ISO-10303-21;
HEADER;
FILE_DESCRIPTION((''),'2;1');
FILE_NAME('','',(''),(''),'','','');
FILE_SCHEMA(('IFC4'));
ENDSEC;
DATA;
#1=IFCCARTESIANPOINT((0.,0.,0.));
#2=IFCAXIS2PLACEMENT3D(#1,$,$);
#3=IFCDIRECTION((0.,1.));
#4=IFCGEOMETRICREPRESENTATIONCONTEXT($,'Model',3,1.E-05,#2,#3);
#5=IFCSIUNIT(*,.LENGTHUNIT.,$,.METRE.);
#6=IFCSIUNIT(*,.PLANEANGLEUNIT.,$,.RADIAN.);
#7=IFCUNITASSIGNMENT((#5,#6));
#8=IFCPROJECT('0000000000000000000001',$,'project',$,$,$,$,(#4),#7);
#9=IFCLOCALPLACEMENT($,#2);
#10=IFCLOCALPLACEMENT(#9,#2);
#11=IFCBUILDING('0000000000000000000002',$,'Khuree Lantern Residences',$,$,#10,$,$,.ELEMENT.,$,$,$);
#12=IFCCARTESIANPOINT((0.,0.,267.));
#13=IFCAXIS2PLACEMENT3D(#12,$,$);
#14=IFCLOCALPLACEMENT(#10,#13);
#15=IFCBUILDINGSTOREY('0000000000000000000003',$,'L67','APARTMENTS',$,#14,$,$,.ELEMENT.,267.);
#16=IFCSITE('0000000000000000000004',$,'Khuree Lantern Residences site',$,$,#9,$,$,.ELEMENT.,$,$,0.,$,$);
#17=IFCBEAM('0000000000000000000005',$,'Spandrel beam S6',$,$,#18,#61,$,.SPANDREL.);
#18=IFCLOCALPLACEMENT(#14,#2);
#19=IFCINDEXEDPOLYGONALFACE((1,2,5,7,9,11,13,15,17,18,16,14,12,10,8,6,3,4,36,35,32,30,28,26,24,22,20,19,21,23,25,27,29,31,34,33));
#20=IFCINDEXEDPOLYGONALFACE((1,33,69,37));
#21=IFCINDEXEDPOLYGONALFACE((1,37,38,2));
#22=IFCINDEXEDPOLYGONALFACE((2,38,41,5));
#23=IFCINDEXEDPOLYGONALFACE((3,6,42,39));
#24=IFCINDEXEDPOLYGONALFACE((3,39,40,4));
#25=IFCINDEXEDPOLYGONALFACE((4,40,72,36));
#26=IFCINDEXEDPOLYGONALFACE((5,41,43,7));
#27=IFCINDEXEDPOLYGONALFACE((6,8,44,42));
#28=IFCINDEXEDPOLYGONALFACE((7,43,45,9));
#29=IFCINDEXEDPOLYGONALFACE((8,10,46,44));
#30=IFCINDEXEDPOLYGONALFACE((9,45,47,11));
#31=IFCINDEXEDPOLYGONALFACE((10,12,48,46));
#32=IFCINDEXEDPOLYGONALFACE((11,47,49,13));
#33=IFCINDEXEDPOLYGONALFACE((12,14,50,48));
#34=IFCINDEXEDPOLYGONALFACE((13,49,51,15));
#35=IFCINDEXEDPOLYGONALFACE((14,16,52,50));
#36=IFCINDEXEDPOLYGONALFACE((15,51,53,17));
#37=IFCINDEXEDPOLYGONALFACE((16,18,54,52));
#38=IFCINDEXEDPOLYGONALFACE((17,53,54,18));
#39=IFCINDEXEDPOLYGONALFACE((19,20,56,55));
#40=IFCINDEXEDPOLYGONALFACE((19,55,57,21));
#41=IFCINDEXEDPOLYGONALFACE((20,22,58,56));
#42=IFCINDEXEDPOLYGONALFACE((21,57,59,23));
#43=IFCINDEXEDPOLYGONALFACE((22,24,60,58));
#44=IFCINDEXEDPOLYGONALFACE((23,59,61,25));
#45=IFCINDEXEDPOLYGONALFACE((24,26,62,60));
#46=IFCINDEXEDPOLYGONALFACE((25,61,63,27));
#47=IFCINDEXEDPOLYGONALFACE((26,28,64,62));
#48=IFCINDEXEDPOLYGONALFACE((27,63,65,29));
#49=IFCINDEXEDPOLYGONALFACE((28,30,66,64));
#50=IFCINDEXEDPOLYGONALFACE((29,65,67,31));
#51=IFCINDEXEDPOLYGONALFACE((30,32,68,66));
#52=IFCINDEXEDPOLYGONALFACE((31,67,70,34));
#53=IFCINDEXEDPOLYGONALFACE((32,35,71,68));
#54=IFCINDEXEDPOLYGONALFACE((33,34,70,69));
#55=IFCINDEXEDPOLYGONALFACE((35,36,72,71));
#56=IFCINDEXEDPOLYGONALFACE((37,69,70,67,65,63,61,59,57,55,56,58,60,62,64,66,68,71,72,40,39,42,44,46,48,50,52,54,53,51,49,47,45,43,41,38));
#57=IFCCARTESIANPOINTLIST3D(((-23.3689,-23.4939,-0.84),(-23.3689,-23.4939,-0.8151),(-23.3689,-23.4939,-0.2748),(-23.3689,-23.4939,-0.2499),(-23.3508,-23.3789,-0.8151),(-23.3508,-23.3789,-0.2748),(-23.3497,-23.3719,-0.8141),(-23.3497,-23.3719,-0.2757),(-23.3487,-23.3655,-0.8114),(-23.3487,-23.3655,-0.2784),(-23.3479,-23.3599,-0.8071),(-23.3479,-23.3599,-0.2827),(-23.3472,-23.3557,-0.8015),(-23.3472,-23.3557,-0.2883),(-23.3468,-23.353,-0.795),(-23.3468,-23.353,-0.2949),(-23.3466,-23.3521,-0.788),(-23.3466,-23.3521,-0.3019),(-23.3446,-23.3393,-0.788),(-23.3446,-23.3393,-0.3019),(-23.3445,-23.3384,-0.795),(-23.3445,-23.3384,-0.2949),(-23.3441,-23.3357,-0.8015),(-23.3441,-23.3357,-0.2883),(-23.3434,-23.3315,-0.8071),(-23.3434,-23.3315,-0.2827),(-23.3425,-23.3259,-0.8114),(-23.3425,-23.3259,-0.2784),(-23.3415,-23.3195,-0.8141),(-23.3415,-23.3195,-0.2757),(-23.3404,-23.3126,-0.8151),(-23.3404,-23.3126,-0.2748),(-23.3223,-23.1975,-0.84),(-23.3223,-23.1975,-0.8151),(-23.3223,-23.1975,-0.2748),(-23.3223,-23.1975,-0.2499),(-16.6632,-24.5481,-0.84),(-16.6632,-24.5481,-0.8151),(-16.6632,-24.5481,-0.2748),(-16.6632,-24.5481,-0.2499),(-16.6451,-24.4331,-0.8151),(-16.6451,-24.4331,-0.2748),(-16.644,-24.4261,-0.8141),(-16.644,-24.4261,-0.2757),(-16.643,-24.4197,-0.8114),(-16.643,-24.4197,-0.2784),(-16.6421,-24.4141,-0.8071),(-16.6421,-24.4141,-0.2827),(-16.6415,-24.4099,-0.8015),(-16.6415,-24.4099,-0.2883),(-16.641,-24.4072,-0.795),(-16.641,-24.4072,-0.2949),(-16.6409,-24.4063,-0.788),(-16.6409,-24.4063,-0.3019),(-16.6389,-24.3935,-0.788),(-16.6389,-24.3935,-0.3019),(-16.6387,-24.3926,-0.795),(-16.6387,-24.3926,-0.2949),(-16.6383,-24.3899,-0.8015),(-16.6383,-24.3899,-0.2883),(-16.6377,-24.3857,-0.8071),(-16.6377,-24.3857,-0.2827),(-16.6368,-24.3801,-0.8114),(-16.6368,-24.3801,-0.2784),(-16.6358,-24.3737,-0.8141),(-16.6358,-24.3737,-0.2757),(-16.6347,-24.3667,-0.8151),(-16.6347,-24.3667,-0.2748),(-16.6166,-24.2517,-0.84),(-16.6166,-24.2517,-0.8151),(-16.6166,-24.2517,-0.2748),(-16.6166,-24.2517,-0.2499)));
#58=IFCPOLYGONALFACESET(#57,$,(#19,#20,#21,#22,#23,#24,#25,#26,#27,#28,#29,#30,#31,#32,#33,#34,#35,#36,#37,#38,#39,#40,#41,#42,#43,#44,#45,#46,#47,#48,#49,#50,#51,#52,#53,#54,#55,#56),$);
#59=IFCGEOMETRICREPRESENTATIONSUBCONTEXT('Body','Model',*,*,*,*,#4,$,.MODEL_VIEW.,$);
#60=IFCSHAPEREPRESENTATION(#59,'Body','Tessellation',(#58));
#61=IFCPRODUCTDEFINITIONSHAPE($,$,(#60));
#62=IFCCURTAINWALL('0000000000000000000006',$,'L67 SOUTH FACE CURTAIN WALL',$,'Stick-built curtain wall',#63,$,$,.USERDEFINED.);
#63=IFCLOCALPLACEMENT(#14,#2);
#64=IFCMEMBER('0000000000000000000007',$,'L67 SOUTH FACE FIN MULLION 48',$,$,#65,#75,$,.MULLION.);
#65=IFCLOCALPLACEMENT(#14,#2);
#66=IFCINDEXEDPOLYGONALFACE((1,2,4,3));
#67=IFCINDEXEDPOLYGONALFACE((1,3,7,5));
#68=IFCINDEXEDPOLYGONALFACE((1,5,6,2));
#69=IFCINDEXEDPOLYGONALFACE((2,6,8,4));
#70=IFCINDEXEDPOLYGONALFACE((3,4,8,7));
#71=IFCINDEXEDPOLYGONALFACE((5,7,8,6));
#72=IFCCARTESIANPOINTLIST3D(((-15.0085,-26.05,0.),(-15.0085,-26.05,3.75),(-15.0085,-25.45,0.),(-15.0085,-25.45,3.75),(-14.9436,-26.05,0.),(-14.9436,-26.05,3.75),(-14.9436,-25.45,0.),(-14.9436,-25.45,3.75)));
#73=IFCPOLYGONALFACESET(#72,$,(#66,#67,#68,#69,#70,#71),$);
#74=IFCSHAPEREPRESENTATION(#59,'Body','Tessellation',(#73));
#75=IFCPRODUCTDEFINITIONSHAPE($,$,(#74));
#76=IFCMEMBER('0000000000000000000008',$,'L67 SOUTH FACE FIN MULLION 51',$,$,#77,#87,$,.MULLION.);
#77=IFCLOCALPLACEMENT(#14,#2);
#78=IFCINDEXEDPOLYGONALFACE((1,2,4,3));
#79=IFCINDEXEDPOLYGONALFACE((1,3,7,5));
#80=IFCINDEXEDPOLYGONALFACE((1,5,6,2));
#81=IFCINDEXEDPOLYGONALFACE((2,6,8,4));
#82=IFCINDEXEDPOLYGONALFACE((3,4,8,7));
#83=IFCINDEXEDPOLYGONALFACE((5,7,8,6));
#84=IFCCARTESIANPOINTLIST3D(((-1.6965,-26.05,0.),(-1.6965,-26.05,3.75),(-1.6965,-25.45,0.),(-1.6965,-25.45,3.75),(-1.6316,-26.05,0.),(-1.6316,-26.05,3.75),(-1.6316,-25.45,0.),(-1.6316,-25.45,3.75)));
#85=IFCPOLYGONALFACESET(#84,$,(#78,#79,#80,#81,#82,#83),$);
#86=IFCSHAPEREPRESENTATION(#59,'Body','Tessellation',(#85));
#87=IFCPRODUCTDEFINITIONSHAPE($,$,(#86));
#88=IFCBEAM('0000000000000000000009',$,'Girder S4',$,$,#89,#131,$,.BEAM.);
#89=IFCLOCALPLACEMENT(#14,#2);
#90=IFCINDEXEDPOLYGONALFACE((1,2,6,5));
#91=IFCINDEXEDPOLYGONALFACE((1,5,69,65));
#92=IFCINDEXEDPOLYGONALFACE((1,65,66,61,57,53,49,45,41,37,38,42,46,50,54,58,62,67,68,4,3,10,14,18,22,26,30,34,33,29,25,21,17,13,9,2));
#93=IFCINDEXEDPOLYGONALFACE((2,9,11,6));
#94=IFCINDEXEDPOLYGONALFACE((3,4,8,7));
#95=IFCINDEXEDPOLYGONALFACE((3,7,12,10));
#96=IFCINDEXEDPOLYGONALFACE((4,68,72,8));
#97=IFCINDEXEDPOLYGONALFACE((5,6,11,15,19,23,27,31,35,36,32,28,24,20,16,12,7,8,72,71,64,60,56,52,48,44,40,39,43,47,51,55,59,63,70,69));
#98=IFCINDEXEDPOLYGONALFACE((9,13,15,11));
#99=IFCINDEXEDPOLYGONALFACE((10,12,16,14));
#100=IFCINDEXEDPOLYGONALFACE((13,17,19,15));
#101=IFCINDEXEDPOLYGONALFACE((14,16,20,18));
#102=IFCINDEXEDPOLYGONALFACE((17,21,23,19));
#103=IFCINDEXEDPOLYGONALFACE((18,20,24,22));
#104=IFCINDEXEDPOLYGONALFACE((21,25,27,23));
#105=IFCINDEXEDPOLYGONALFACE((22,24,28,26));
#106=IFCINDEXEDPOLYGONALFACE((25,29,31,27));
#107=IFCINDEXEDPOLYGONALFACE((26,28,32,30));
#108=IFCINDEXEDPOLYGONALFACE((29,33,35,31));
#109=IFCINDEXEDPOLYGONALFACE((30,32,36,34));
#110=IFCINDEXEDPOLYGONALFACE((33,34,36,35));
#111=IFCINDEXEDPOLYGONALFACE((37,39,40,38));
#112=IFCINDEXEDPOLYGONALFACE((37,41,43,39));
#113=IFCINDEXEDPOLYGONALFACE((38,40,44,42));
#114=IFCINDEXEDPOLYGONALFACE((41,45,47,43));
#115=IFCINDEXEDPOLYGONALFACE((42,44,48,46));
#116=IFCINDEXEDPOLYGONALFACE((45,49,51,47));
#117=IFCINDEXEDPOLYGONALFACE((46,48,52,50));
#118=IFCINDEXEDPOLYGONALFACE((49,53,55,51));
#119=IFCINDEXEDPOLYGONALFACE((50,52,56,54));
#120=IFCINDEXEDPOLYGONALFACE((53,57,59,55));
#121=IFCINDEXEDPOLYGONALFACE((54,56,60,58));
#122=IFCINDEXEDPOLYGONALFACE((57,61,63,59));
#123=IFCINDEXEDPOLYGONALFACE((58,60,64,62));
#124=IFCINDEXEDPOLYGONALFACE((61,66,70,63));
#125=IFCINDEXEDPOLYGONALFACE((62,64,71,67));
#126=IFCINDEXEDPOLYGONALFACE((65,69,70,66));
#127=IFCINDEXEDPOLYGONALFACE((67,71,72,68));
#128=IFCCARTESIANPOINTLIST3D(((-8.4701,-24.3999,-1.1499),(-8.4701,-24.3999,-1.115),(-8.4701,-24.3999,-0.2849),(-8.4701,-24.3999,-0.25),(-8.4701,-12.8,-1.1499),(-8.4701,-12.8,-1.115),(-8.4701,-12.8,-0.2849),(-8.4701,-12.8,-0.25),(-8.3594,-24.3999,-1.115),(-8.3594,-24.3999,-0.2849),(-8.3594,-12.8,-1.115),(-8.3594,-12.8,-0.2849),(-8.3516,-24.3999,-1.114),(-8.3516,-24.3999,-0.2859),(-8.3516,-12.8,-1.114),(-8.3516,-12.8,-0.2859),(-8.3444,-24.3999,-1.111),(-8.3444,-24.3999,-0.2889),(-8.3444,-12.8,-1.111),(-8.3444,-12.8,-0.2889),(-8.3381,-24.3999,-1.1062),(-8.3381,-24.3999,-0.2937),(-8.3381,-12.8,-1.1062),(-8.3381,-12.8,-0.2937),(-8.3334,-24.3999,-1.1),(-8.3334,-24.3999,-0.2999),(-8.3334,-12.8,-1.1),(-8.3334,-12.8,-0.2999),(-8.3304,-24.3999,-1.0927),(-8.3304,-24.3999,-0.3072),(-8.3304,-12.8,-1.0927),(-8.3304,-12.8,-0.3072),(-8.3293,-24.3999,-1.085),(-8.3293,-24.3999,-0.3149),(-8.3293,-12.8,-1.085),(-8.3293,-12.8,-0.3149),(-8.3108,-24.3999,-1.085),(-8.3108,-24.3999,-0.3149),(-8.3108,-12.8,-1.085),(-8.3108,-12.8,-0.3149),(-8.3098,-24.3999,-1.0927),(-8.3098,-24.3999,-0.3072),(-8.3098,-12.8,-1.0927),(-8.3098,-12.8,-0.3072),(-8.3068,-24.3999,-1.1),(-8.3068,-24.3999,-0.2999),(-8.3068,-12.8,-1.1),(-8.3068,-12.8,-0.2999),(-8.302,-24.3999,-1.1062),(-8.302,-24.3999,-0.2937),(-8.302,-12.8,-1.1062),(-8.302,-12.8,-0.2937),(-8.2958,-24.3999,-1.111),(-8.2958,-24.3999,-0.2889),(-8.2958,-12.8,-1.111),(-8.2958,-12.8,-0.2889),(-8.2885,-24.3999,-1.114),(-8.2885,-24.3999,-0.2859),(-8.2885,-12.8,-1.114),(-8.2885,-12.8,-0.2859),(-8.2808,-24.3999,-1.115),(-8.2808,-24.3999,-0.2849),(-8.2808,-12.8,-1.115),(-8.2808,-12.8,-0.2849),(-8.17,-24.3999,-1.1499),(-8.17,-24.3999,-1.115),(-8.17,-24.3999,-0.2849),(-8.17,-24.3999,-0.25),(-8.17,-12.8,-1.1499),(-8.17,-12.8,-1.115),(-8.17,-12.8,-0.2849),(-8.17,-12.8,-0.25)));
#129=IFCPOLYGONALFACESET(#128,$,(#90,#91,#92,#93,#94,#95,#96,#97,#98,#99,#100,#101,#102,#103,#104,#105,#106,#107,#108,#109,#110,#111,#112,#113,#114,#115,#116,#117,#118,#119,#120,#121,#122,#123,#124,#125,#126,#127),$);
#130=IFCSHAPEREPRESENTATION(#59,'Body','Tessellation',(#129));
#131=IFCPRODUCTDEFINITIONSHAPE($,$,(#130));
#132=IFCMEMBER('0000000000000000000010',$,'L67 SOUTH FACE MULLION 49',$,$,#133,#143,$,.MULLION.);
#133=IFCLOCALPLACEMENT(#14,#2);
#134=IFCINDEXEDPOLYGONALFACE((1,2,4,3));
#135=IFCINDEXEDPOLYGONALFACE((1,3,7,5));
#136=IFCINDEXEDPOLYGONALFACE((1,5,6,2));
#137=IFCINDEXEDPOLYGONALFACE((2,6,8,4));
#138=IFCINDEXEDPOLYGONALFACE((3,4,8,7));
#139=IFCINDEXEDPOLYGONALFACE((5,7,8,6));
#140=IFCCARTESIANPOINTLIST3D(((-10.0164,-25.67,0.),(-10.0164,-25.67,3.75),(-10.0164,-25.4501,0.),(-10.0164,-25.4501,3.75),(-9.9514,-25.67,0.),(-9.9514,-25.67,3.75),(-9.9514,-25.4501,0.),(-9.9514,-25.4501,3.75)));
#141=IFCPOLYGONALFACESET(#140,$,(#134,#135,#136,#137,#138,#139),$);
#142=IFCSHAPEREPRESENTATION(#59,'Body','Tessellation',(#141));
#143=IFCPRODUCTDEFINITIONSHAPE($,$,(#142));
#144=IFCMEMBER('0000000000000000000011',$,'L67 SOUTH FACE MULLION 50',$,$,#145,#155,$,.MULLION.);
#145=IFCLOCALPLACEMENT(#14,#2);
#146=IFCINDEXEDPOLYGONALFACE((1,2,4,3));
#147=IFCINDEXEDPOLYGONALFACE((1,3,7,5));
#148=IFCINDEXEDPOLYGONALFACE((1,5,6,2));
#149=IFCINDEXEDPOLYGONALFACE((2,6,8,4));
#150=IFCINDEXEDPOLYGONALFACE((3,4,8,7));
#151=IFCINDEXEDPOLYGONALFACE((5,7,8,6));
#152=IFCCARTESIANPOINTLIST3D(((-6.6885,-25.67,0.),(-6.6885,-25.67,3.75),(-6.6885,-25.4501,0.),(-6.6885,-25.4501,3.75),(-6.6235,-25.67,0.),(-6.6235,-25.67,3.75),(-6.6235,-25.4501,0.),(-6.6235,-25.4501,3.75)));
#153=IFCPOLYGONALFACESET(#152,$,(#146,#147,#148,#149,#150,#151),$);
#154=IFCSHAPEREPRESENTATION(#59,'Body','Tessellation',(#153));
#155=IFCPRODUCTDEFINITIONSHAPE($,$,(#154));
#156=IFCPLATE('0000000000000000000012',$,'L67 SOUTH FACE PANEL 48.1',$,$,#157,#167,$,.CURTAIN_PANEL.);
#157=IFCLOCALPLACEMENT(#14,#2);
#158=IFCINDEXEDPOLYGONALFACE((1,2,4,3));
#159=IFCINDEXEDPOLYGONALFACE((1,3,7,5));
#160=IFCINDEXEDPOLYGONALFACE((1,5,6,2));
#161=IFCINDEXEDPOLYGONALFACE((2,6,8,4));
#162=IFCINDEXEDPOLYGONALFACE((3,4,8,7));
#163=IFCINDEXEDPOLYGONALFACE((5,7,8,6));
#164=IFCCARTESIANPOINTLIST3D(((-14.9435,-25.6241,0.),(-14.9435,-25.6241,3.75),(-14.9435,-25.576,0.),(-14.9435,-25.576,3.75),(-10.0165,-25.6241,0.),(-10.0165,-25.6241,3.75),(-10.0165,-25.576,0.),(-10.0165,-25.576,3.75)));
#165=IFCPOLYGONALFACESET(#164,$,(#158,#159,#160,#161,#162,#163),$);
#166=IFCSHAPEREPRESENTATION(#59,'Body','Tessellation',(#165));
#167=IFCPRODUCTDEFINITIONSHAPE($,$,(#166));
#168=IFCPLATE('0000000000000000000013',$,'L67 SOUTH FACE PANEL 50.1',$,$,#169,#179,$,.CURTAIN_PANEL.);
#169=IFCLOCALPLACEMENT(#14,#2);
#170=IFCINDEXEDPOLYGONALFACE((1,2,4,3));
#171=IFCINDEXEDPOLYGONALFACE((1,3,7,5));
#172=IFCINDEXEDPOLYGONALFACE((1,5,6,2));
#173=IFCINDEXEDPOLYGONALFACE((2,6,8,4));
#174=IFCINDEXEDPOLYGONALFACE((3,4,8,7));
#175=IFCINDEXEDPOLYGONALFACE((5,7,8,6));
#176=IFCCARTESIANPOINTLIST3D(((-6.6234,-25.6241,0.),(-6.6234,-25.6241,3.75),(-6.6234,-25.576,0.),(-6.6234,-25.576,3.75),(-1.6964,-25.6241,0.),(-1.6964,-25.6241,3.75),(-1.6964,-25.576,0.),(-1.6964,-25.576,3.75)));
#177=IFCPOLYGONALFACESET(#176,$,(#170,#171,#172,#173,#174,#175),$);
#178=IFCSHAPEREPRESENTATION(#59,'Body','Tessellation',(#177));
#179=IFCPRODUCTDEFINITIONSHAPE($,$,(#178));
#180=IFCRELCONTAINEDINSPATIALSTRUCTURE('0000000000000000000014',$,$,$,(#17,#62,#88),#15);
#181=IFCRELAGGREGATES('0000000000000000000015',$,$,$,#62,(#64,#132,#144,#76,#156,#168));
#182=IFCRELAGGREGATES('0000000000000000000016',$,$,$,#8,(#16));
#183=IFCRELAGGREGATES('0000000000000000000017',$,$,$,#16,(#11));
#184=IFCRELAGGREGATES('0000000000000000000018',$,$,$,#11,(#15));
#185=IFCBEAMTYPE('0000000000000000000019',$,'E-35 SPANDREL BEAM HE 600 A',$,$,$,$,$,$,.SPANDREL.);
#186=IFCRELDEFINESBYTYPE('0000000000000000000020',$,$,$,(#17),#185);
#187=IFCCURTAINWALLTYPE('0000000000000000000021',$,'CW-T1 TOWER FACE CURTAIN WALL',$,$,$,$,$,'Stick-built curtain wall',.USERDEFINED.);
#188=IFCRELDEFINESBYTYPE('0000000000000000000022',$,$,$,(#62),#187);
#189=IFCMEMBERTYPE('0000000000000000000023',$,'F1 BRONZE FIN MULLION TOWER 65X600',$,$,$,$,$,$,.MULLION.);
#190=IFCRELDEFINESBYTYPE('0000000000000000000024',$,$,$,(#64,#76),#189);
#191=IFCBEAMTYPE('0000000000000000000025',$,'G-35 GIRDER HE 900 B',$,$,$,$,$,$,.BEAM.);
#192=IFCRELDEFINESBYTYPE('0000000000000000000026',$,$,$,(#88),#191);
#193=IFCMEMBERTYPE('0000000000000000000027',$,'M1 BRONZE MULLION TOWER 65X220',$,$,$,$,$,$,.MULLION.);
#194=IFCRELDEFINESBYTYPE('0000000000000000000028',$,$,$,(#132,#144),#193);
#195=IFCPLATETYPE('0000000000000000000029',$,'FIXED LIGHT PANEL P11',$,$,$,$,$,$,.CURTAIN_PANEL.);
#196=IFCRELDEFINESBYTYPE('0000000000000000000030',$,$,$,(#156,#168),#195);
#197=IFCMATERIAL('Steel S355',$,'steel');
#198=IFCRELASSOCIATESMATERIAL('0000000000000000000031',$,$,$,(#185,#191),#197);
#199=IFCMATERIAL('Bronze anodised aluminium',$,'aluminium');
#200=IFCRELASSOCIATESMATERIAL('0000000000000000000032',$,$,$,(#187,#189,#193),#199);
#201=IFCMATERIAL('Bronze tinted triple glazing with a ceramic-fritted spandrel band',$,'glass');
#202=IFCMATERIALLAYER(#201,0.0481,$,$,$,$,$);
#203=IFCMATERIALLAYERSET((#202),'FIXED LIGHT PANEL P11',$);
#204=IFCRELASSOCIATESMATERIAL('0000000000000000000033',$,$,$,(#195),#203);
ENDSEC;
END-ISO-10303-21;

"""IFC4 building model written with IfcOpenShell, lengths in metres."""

from ifc_helpers import new_model, si_unit, direction, frame, origin, origin_2d, place, context, subcontext, project, spatial, rectangle, i_section, extrude, material, layer, layer_set, material_profile, profile_set, type_object, element, aggregate, save


model = new_model("IFC4")

# Units and contexts
model_context = context("Model", 3, precision=1e-05, world=origin(), true_north=direction((0.0, 1.0)))
body_context = subcontext(model_context, "Body", "Model", "MODEL_VIEW")
ifc_project = project(units=[si_unit("LENGTHUNIT", "METRE"), si_unit("PLANEANGLEUNIT", "RADIAN")], contexts=[model_context])

# Site, building, storey
site_placement = place(None, origin())
site = spatial("IfcSite", under=ifc_project, at=site_placement, Name="Khuree Lantern Residences site", CompositionType="ELEMENT", RefElevation=0.0)
building_placement = place(site_placement, origin())
building = spatial("IfcBuilding", under=site, at=building_placement, Name="Khuree Lantern Residences", CompositionType="ELEMENT")
storey_placement = place(building_placement, frame((0.0, 0.0, 267.0)))
storey = spatial("IfcBuildingStorey", under=building, at=storey_placement, Name="L67", Description="APARTMENTS", CompositionType="ELEMENT", Elevation=267.0)

# Beam
ifc_material_1 = material(Name="Steel S355", Category="steel")
ifc_material_profile_1 = material_profile(ifc_material_1, i_section(OverallWidth=0.3, OverallDepth=0.5901, WebThickness=0.0129, FlangeThickness=0.0249, FilletRadius=0.0271, at=origin_2d()), Name="HE 600 A")
ifc_profile_set_1 = profile_set([ifc_material_profile_1], Name="Steel S355")
beam_type_1 = type_object("IfcBeamType", Name="E-35 SPANDREL BEAM HE 600 A", PredefinedType="SPANDREL", material=ifc_profile_set_1)
beam_1_placement = place(storey_placement, frame((-16.6399, -24.3999, -0.5449), z_axis=(-0.987867, 0.1553, 0.0), x_axis=(-0.1553, -0.987867, 0.0)))
element("IfcBeam", 1, at=beam_1_placement, inside=storey, type_object=beam_type_1, Name="Spandrel beam S6", PredefinedType="SPANDREL", context=body_context, shape_type="SweptSolid", body=[
    extrude(i_section(OverallWidth=0.3, OverallDepth=0.5901, WebThickness=0.0129, FlangeThickness=0.0249, FilletRadius=0.0271, at=origin_2d()), origin(), (0.0, 0.0, 1.0), 6.7881),
])

# Curtain wall, members
ifc_material_2 = material(Name="Bronze anodised aluminium", Category="aluminium")
curtain_wall_type = type_object("IfcCurtainWallType", Name="CW-T1 TOWER FACE CURTAIN WALL", ElementType="Stick-built curtain wall", PredefinedType="USERDEFINED", material=ifc_material_2)
curtain_wall_placement = place(storey_placement, origin())
curtain_wall = element("IfcCurtainWall", 2, at=curtain_wall_placement, inside=storey, type_object=curtain_wall_type, Name="L67 SOUTH FACE CURTAIN WALL", ObjectType="Stick-built curtain wall", PredefinedType="USERDEFINED")
ifc_material_profile_2 = material_profile(ifc_material_2, rectangle(XDim=0.0649, YDim=0.6001, at=origin_2d()), Name="F1 65X600")
ifc_profile_set_2 = profile_set([ifc_material_profile_2], Name="Bronze anodised aluminium")
member_type_1 = type_object("IfcMemberType", Name="F1 BRONZE FIN MULLION TOWER 65X600", PredefinedType="MULLION", material=ifc_profile_set_2)
member_1_placement = place(storey_placement, frame((-14.9761, -25.75, 0.0), z_axis=(0.0, 0.0, 1.0), x_axis=(1.0, 0.0, 0.0)))
member_1 = element("IfcMember", 3, at=member_1_placement, type_object=member_type_1, Name="L67 SOUTH FACE FIN MULLION 48", PredefinedType="MULLION", context=body_context, shape_type="SweptSolid", body=[
    extrude(rectangle(XDim=0.0649, YDim=0.6001, at=origin_2d()), origin(), (0.0, 0.0, 1.0), 3.75),
])
member_2_placement = place(storey_placement, frame((-1.6641, -25.75, 0.0), z_axis=(0.0, 0.0, 1.0), x_axis=(1.0, 0.0, 0.0)))
member_2 = element("IfcMember", 4, at=member_2_placement, type_object=member_type_1, Name="L67 SOUTH FACE FIN MULLION 51", PredefinedType="MULLION", context=body_context, shape_type="SweptSolid", body=[
    extrude(rectangle(XDim=0.0649, YDim=0.6001, at=origin_2d()), origin(), (0.0, 0.0, 1.0), 3.75),
])

# Beam
ifc_material_profile_3 = material_profile(ifc_material_1, i_section(OverallWidth=0.3, OverallDepth=0.8999, WebThickness=0.0186, FlangeThickness=0.0349, FilletRadius=0.03, at=origin_2d()), Name="HE 900 B")
ifc_profile_set_3 = profile_set([ifc_material_profile_3], Name="Steel S355")
beam_type_2 = type_object("IfcBeamType", Name="G-35 GIRDER HE 900 B", PredefinedType="BEAM", material=ifc_profile_set_3)
beam_2_placement = place(storey_placement, frame((-8.3201, -24.3999, -0.7), z_axis=(0.0, 1.0, 0.0), x_axis=(-1.0, 0.0, 0.0)))
element("IfcBeam", 5, at=beam_2_placement, inside=storey, type_object=beam_type_2, Name="Girder S4", PredefinedType="BEAM", context=body_context, shape_type="SweptSolid", body=[
    extrude(i_section(OverallWidth=0.3, OverallDepth=0.8999, WebThickness=0.0186, FlangeThickness=0.0349, FilletRadius=0.03, at=origin_2d()), origin(), (0.0, 0.0, 1.0), 11.5999),
])

# Members
ifc_material_profile_4 = material_profile(ifc_material_2, rectangle(XDim=0.0649, YDim=0.22, at=origin_2d()), Name="M1 65X220")
ifc_profile_set_4 = profile_set([ifc_material_profile_4], Name="Bronze anodised aluminium")
member_type_2 = type_object("IfcMemberType", Name="M1 BRONZE MULLION TOWER 65X220", PredefinedType="MULLION", material=ifc_profile_set_4)
member_3_placement = place(storey_placement, frame((-9.9839, -25.5601, 0.0), z_axis=(0.0, 0.0, 1.0), x_axis=(1.0, 0.0, 0.0)))
member_3 = element("IfcMember", 6, at=member_3_placement, type_object=member_type_2, Name="L67 SOUTH FACE MULLION 49", PredefinedType="MULLION", context=body_context, shape_type="SweptSolid", body=[
    extrude(rectangle(XDim=0.0649, YDim=0.22, at=origin_2d()), origin(), (0.0, 0.0, 1.0), 3.75),
])
member_4_placement = place(storey_placement, frame((-6.656, -25.5601, 0.0), z_axis=(0.0, 0.0, 1.0), x_axis=(1.0, 0.0, 0.0)))
member_4 = element("IfcMember", 7, at=member_4_placement, type_object=member_type_2, Name="L67 SOUTH FACE MULLION 50", PredefinedType="MULLION", context=body_context, shape_type="SweptSolid", body=[
    extrude(rectangle(XDim=0.0649, YDim=0.22, at=origin_2d()), origin(), (0.0, 0.0, 1.0), 3.75),
])

# Plates
ifc_material_3 = material(Name="Bronze tinted triple glazing with a ceramic-fritted spandrel band", Category="glass")
ifc_layer_1 = layer(ifc_material_3, 0.0481)
ifc_layer_set_1 = layer_set([ifc_layer_1], Name="FIXED LIGHT PANEL P11")
plate_type_1 = type_object("IfcPlateType", Name="FIXED LIGHT PANEL P11", PredefinedType="CURTAIN_PANEL", material=ifc_layer_set_1)
plate_1_placement = place(storey_placement, frame((-12.48, -25.6001, 0.0), z_axis=(0.0, 0.0, 1.0), x_axis=(1.0, 0.0, 0.0)))
plate_1 = element("IfcPlate", 8, at=plate_1_placement, type_object=plate_type_1, Name="L67 SOUTH FACE PANEL 48.1", PredefinedType="CURTAIN_PANEL", context=body_context, shape_type="SweptSolid", body=[
    extrude(rectangle(XDim=4.927, YDim=0.0481, at=origin_2d()), origin(), (0.0, 0.0, 1.0), 3.75),
])
plate_2_placement = place(storey_placement, frame((-4.1599, -25.6001, 0.0), z_axis=(0.0, 0.0, 1.0), x_axis=(1.0, 0.0, 0.0)))
plate_2 = element("IfcPlate", 9, at=plate_2_placement, type_object=plate_type_1, Name="L67 SOUTH FACE PANEL 50.1", PredefinedType="CURTAIN_PANEL", context=body_context, shape_type="SweptSolid", body=[
    extrude(rectangle(XDim=4.927, YDim=0.0481, at=origin_2d()), origin(), (0.0, 0.0, 1.0), 3.75),
])
aggregate(curtain_wall, [member_1, member_3, member_4, member_2, plate_1, plate_2])

save(model, "model.ifc")
